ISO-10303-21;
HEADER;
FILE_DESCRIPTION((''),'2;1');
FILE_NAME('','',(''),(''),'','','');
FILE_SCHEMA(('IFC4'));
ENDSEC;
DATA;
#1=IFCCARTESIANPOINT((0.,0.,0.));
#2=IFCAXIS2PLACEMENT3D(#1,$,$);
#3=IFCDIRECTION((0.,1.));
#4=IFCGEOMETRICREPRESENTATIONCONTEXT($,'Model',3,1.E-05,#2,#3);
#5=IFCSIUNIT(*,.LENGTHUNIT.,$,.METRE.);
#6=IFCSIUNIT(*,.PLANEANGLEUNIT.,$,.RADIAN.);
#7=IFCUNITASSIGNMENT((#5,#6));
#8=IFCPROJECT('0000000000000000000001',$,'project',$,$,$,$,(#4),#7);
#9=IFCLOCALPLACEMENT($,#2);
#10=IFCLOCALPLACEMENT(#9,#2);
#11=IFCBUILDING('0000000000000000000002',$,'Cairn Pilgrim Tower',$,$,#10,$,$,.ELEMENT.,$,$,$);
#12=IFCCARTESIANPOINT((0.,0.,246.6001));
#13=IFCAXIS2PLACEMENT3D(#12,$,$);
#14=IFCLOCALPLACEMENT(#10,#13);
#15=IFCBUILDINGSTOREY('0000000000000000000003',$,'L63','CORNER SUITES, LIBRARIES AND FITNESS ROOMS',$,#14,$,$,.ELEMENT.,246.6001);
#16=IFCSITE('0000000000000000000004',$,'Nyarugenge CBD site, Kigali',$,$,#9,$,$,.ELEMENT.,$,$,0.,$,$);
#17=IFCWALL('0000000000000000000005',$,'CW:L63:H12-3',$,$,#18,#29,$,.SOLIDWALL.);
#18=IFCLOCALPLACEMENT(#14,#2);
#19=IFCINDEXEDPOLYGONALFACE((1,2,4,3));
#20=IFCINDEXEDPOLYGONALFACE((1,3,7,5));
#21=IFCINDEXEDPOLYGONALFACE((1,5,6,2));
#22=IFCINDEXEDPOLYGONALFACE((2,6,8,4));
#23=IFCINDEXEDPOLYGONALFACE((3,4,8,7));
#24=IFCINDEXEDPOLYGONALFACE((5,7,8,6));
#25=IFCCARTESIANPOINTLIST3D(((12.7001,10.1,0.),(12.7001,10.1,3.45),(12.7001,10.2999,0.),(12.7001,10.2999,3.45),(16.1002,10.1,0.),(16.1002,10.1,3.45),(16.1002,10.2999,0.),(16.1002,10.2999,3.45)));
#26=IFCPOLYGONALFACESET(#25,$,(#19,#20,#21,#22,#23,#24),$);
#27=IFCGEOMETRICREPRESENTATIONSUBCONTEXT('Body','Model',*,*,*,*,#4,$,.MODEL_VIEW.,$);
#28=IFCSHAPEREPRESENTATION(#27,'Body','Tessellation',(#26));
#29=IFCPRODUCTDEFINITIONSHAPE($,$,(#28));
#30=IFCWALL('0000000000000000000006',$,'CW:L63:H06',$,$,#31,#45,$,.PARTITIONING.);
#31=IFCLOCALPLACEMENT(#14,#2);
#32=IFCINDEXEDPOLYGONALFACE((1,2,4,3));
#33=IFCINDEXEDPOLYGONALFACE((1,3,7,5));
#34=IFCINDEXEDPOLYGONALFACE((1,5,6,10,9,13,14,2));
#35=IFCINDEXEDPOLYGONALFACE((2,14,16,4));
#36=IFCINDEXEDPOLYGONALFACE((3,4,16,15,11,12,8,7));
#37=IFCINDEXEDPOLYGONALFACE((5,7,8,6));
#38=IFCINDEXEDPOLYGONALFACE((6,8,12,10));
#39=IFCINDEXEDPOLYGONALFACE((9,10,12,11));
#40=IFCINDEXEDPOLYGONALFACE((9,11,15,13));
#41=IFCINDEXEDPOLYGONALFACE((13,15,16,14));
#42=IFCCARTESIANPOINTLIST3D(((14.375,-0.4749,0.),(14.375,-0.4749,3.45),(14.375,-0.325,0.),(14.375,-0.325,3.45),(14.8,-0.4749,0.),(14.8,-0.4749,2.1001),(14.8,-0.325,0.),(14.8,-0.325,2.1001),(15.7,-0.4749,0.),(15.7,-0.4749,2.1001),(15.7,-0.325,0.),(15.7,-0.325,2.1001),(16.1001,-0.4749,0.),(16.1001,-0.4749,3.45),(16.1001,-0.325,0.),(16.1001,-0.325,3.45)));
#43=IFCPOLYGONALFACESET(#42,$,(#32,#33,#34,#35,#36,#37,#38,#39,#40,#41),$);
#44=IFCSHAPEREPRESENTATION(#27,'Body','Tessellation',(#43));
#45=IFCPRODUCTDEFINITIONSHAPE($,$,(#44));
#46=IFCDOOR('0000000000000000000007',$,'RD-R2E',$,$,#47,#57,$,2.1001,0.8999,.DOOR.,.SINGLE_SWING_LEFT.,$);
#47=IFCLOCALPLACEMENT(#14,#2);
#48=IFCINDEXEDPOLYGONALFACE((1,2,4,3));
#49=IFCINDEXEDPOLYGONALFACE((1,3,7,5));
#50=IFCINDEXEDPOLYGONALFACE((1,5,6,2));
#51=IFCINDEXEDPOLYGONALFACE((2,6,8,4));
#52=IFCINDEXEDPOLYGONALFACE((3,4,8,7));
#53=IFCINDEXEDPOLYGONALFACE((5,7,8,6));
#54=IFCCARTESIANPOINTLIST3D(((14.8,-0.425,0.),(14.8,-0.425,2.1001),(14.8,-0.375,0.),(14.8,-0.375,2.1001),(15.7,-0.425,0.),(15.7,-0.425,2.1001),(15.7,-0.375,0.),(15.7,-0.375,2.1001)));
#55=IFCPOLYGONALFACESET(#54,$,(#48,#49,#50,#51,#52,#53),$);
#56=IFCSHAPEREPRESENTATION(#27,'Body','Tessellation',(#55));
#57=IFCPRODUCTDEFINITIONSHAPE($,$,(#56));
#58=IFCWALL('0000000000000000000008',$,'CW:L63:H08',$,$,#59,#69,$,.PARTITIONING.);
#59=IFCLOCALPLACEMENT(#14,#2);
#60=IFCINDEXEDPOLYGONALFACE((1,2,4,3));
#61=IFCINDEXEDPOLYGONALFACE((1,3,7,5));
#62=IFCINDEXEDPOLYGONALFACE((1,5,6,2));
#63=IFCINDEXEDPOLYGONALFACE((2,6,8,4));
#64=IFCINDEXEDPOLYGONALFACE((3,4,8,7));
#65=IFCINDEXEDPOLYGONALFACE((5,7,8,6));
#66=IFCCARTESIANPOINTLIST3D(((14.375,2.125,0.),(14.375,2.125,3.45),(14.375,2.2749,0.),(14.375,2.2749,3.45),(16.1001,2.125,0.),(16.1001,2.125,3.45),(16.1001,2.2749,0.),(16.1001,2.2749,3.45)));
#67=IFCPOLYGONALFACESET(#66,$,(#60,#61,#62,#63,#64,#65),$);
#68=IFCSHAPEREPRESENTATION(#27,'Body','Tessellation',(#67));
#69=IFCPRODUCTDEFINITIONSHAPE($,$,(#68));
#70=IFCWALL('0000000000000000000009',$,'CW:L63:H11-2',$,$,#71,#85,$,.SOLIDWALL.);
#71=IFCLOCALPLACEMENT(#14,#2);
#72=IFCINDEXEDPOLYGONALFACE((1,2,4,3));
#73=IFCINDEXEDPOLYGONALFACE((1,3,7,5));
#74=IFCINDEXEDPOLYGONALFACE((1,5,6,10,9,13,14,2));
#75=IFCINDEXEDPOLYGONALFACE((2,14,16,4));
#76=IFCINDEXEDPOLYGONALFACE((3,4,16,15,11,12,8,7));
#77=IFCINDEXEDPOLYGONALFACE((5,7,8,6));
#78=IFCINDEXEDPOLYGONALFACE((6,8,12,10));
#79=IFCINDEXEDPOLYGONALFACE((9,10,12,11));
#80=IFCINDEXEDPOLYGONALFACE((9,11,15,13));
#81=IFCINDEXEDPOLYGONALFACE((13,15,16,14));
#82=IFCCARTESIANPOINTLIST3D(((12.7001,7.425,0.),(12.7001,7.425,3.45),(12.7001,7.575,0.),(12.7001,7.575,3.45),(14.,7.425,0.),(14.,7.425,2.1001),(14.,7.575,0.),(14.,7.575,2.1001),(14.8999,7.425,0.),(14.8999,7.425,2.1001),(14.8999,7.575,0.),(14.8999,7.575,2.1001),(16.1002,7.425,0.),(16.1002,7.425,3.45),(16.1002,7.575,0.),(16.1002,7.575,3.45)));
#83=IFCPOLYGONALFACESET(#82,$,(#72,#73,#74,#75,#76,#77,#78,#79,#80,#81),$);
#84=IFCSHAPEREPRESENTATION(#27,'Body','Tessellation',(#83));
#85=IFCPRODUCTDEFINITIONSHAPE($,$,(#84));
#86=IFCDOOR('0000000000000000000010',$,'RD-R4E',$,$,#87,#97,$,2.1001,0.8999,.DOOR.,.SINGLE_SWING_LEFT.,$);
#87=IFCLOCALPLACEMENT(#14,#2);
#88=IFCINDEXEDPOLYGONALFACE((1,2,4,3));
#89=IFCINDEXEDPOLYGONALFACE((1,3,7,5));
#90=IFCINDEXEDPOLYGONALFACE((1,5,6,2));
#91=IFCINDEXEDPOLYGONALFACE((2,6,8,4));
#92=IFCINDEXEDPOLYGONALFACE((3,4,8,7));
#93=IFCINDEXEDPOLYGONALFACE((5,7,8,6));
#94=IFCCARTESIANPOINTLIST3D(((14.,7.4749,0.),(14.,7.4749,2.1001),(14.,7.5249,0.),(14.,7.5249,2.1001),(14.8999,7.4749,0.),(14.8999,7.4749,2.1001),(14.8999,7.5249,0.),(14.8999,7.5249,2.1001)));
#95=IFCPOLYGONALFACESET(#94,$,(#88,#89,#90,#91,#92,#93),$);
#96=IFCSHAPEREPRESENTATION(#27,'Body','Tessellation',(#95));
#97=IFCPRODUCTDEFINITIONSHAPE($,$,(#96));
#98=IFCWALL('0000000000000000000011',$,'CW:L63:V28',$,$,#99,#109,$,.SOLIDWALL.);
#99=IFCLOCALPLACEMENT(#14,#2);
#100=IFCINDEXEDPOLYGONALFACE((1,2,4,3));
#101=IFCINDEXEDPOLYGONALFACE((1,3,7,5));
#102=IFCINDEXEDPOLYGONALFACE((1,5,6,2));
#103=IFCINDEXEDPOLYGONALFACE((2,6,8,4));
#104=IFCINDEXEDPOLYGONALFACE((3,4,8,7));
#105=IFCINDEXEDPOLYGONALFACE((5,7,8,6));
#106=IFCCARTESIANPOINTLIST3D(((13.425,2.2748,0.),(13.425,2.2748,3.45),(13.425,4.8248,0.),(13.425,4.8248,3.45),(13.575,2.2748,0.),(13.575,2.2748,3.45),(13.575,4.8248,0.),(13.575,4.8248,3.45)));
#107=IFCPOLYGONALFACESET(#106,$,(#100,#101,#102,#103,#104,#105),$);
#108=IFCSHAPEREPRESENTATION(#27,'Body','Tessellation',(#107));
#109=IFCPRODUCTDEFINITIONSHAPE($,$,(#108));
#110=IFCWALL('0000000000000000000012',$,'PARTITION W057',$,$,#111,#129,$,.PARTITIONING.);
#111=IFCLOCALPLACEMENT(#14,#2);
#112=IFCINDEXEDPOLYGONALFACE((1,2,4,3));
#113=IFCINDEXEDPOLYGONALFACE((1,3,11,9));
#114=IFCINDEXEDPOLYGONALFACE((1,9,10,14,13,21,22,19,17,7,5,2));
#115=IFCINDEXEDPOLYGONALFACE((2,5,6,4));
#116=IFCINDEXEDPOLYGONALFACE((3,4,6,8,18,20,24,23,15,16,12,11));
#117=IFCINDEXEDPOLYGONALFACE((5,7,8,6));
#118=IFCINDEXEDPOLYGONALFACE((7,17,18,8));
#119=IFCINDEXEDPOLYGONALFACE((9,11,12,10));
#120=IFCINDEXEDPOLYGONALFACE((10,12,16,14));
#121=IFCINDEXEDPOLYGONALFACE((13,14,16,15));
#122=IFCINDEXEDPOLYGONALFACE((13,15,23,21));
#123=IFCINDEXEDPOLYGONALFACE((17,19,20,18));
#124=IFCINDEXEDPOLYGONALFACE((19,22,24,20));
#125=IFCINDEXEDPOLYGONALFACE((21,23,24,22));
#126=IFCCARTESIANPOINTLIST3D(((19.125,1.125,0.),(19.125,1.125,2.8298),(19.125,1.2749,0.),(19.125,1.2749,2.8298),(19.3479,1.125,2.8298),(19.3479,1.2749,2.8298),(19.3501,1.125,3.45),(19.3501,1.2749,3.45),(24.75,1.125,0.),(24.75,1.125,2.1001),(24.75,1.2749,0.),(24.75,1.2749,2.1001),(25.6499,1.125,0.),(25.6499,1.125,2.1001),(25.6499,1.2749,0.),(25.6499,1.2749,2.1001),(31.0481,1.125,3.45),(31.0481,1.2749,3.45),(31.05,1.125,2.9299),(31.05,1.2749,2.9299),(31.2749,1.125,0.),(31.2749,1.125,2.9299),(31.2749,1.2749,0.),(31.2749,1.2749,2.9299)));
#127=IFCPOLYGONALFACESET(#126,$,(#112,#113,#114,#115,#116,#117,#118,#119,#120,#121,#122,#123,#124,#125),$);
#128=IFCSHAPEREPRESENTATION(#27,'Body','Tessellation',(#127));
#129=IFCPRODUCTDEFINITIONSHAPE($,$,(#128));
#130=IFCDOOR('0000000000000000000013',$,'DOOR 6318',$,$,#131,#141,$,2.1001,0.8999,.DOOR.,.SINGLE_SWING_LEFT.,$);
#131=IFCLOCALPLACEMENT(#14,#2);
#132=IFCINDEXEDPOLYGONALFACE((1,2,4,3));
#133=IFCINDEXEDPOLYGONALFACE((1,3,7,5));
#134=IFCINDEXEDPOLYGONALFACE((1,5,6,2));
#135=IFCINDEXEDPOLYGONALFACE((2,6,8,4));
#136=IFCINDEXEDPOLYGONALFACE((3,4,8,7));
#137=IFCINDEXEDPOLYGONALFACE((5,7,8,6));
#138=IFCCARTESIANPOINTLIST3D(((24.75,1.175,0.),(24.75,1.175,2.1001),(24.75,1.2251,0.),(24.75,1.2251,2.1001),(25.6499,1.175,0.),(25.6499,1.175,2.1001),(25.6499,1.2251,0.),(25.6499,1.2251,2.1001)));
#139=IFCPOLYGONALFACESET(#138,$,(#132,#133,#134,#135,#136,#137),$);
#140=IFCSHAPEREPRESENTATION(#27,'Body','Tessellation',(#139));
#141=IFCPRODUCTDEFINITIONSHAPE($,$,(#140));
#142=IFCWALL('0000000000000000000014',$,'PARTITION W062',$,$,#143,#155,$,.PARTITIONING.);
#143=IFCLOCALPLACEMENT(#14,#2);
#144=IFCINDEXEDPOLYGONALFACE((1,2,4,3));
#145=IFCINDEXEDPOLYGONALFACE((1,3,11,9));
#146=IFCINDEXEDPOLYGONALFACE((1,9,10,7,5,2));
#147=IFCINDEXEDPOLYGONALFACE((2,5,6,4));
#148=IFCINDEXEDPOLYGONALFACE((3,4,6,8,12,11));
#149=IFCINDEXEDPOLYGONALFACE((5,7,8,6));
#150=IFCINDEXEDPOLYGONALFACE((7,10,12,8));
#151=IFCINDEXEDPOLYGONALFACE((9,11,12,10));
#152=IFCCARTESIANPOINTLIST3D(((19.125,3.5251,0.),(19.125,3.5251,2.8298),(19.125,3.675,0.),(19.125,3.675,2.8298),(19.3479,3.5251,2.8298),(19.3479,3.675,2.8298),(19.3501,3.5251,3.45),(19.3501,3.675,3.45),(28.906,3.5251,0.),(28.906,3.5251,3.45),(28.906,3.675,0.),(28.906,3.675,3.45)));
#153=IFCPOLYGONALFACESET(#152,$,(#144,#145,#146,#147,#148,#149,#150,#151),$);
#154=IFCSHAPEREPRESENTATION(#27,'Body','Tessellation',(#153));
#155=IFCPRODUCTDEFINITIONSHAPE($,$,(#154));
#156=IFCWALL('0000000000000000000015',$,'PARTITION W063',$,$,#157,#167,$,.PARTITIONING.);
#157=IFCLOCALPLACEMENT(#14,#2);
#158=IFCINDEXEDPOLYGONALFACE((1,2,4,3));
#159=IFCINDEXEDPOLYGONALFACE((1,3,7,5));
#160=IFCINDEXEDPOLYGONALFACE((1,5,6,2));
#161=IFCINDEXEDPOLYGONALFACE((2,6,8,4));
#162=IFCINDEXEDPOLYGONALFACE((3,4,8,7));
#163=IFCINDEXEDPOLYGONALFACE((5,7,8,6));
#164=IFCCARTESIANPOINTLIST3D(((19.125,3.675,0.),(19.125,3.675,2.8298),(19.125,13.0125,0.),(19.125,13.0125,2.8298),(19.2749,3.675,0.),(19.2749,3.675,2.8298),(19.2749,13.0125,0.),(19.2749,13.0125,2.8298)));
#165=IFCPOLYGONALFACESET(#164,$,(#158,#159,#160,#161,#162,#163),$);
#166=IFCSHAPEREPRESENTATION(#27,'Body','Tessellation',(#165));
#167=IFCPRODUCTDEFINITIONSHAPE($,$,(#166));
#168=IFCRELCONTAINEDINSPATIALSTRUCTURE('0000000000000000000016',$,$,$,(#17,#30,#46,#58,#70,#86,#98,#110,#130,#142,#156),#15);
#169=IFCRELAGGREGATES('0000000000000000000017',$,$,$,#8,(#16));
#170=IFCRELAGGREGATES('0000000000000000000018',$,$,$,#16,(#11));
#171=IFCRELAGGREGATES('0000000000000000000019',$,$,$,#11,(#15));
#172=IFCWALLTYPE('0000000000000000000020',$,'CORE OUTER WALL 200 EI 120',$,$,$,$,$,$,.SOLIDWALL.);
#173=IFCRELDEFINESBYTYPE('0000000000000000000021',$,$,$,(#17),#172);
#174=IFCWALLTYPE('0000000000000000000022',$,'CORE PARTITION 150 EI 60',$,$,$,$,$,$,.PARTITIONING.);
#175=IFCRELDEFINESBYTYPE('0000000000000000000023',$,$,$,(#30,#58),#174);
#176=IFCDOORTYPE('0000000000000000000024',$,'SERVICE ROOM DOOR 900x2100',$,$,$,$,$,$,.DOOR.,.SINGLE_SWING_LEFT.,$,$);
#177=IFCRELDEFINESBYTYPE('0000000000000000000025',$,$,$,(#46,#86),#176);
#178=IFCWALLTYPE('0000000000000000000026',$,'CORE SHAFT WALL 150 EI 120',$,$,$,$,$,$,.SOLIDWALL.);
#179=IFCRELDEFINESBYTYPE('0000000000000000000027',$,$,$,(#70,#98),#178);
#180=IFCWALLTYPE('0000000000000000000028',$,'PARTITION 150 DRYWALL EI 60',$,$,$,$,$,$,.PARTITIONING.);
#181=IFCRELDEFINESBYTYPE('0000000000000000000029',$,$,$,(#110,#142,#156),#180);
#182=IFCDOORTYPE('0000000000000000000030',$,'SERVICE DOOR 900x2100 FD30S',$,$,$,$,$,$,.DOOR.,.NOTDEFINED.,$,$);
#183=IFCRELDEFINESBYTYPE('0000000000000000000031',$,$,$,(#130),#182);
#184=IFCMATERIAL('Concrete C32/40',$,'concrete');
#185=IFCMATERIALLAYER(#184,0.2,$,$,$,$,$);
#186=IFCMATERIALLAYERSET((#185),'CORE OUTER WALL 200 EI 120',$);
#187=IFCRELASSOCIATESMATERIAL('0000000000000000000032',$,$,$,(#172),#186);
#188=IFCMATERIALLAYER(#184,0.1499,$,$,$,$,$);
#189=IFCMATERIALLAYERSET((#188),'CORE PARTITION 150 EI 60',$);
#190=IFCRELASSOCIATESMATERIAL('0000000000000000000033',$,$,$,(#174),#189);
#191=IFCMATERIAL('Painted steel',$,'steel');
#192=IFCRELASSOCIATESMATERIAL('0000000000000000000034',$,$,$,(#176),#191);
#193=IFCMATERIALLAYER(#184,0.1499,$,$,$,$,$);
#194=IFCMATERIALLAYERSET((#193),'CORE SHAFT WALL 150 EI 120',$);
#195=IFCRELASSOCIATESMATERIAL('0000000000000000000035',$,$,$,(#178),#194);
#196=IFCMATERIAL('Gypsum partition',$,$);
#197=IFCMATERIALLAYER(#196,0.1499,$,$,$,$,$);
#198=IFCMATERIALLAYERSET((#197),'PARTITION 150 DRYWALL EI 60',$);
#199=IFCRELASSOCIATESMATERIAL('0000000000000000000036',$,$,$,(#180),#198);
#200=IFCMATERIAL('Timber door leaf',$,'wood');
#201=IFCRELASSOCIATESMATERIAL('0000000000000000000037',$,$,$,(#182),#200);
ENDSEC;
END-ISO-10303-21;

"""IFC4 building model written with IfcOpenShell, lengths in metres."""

from ifc_helpers import new_model, si_unit, direction, frame, frame_2d, origin, place, context, subcontext, project, spatial, polyline, rectangle, outline, extrude, material, layer, layer_set, type_object, element, fill, save


model = new_model("IFC4")

# Units and contexts
model_context = context("Model", 3, precision=1e-05, world=origin(), true_north=direction((0.0, 1.0)))
body_context = subcontext(model_context, "Body", "Model", "MODEL_VIEW")
ifc_project = project(units=[si_unit("LENGTHUNIT", "METRE"), si_unit("PLANEANGLEUNIT", "RADIAN")], contexts=[model_context])

# Site, building, storey
site_placement = place(None, origin())
site = spatial("IfcSite", under=ifc_project, at=site_placement, Name="Nyarugenge CBD site, Kigali", CompositionType="ELEMENT", RefElevation=0.0)
building_placement = place(site_placement, origin())
building = spatial("IfcBuilding", under=site, at=building_placement, Name="Cairn Pilgrim Tower", CompositionType="ELEMENT")
storey_placement = place(building_placement, frame((0.0, 0.0, 246.6001)))
storey = spatial("IfcBuildingStorey", under=building, at=storey_placement, Name="L63", Description="CORNER SUITES, LIBRARIES AND FITNESS ROOMS", CompositionType="ELEMENT", Elevation=246.6001)

# Wall
ifc_material_1 = material(Name="Concrete C32/40", Category="concrete")
ifc_layer_1 = layer(ifc_material_1, 0.2)
ifc_layer_set_1 = layer_set([ifc_layer_1], Name="CORE OUTER WALL 200 EI 120")
wall_type_1 = type_object("IfcWallType", Name="CORE OUTER WALL 200 EI 120", PredefinedType="SOLIDWALL", material=ifc_layer_set_1)
wall_1_placement = place(storey_placement, frame((12.7, 10.2, 0.0), z_axis=(0.0, 0.0, 1.0), x_axis=(1.0, 0.0, 0.0)))
element("IfcWall", 1, at=wall_1_placement, inside=storey, type_object=wall_type_1, Name="CW:L63:H12-3", PredefinedType="SOLIDWALL", context=body_context, shape_type="SweptSolid", body=[
    extrude(rectangle(XDim=3.4001, YDim=0.2, at=frame_2d((1.7002, 0.0))), origin(), (0.0, 0.0, 1.0), 3.45),
])

# Wall, opening, door
ifc_layer_2 = layer(ifc_material_1, 0.1499)
ifc_layer_set_2 = layer_set([ifc_layer_2], Name="CORE PARTITION 150 EI 60")
wall_type_2 = type_object("IfcWallType", Name="CORE PARTITION 150 EI 60", PredefinedType="PARTITIONING", material=ifc_layer_set_2)
wall_2_placement = place(storey_placement, frame((14.375, -0.3999, 0.0), z_axis=(0.0, 0.0, 1.0), x_axis=(1.0, 0.0, 0.0)))
wall_2 = element("IfcWall", 2, at=wall_2_placement, inside=storey, type_object=wall_type_2, Name="CW:L63:H06", PredefinedType="PARTITIONING", context=body_context, shape_type="SweptSolid", body=[
    extrude(rectangle(XDim=1.7251, YDim=0.1499, at=frame_2d((0.8625, 0.0))), origin(), (0.0, 0.0, 1.0), 3.45),
])
opening_1_placement = place(wall_2_placement, frame((0.425, 0.0, 0.0)))
opening_1 = element("IfcOpeningElement", 3, at=opening_1_placement, cuts=wall_2, PredefinedType="OPENING", context=body_context, shape_type="SweptSolid", body=[
    extrude(rectangle(XDim=0.8999, YDim=2.1001, at=frame_2d((0.45, 1.05))), frame((0.0, 0.085, 0.0), z_axis=(0.0, -1.0, 0.0), x_axis=(1.0, 0.0, 0.0)), (0.0, 0.0, 1.0), 0.1699),
])
ifc_material_2 = material(Name="Painted steel", Category="steel")
door_type_1 = type_object("IfcDoorType", Name="SERVICE ROOM DOOR 900x2100", OperationType="SINGLE_SWING_LEFT", PredefinedType="DOOR", material=ifc_material_2)
door_1_placement = place(opening_1_placement, origin())
door_1 = element("IfcDoor", 4, at=door_1_placement, inside=storey, type_object=door_type_1, Name="RD-R2E", OperationType="SINGLE_SWING_LEFT", OverallHeight=2.1001, OverallWidth=0.8999, PredefinedType="DOOR", context=body_context, shape_type="SweptSolid", body=[
    extrude(rectangle(XDim=0.8999, YDim=2.1001, at=frame_2d((0.45, 1.05))), frame((0.0, 0.0249, 0.0), z_axis=(0.0, -1.0, 0.0), x_axis=(1.0, 0.0, 0.0)), (0.0, 0.0, 1.0), 0.05),
])
fill(opening_1, door_1)

# Wall
wall_3_placement = place(storey_placement, frame((14.375, 2.2, 0.0), z_axis=(0.0, 0.0, 1.0), x_axis=(1.0, 0.0, 0.0)))
element("IfcWall", 5, at=wall_3_placement, inside=storey, type_object=wall_type_2, Name="CW:L63:H08", PredefinedType="PARTITIONING", context=body_context, shape_type="SweptSolid", body=[
    extrude(rectangle(XDim=1.7251, YDim=0.1499, at=frame_2d((0.8625, 0.0))), origin(), (0.0, 0.0, 1.0), 3.45),
])

# Wall, opening, door
ifc_layer_3 = layer(ifc_material_1, 0.1499)
ifc_layer_set_3 = layer_set([ifc_layer_3], Name="CORE SHAFT WALL 150 EI 120")
wall_type_3 = type_object("IfcWallType", Name="CORE SHAFT WALL 150 EI 120", PredefinedType="SOLIDWALL", material=ifc_layer_set_3)
wall_4_placement = place(storey_placement, frame((12.7, 7.5, 0.0), z_axis=(0.0, 0.0, 1.0), x_axis=(1.0, 0.0, 0.0)))
wall_4 = element("IfcWall", 6, at=wall_4_placement, inside=storey, type_object=wall_type_3, Name="CW:L63:H11-2", PredefinedType="SOLIDWALL", context=body_context, shape_type="SweptSolid", body=[
    extrude(rectangle(XDim=3.4001, YDim=0.1499, at=frame_2d((1.7002, 0.0))), origin(), (0.0, 0.0, 1.0), 3.45),
])
opening_2_placement = place(wall_4_placement, frame((1.3, 0.0, 0.0)))
opening_2 = element("IfcOpeningElement", 7, at=opening_2_placement, cuts=wall_4, PredefinedType="OPENING", context=body_context, shape_type="SweptSolid", body=[
    extrude(rectangle(XDim=0.8999, YDim=2.1001, at=frame_2d((0.45, 1.05))), frame((0.0, 0.085, 0.0), z_axis=(0.0, -1.0, 0.0), x_axis=(1.0, 0.0, 0.0)), (0.0, 0.0, 1.0), 0.1699),
])
door_2_placement = place(opening_2_placement, origin())
door_2 = element("IfcDoor", 8, at=door_2_placement, inside=storey, type_object=door_type_1, Name="RD-R4E", OperationType="SINGLE_SWING_LEFT", OverallHeight=2.1001, OverallWidth=0.8999, PredefinedType="DOOR", context=body_context, shape_type="SweptSolid", body=[
    extrude(rectangle(XDim=0.8999, YDim=2.1001, at=frame_2d((0.45, 1.05))), frame((0.0, 0.0249, 0.0), z_axis=(0.0, -1.0, 0.0), x_axis=(1.0, 0.0, 0.0)), (0.0, 0.0, 1.0), 0.05),
])
fill(opening_2, door_2)

# Wall
wall_5_placement = place(storey_placement, frame((13.5, 2.2749, 0.0), z_axis=(0.0, 0.0, 1.0), x_axis=(0.0, 1.0, 0.0)))
element("IfcWall", 9, at=wall_5_placement, inside=storey, type_object=wall_type_3, Name="CW:L63:V28", PredefinedType="SOLIDWALL", context=body_context, shape_type="SweptSolid", body=[
    extrude(rectangle(XDim=2.55, YDim=0.1499, at=frame_2d((1.2749, 0.0))), origin(), (0.0, 0.0, 1.0), 3.45),
])

# Wall, opening, door
ifc_material_3 = material(Name="Gypsum partition")
ifc_layer_4 = layer(ifc_material_3, 0.1499)
ifc_layer_set_4 = layer_set([ifc_layer_4], Name="PARTITION 150 DRYWALL EI 60")
wall_type_4 = type_object("IfcWallType", Name="PARTITION 150 DRYWALL EI 60", PredefinedType="PARTITIONING", material=ifc_layer_set_4)
wall_6_placement = place(storey_placement, frame((19.125, 1.2, 0.0), z_axis=(0.0, 0.0, 1.0), x_axis=(1.0, 0.0, 0.0)))
wall_6 = element("IfcWall", 10, at=wall_6_placement, inside=storey, type_object=wall_type_4, Name="PARTITION W057", PredefinedType="PARTITIONING", context=body_context, shape_type="SweptSolid", body=[
    extrude(outline(polyline([(0.0, 0.0), (12.1499, 0.0), (12.1499, 2.9299), (11.925, 2.9299), (11.9231, 3.45), (0.2251, 3.45), (0.2229, 2.8298), (0.0, 2.8298), (0.0, 0.0)])), frame((0.0, 0.075, 0.0), z_axis=(0.0, -1.0, 0.0), x_axis=(1.0, 0.0, 0.0)), (0.0, 0.0, 1.0), 0.1499),
])
opening_3_placement = place(wall_6_placement, frame((5.625, 0.0, 0.0)))
opening_3 = element("IfcOpeningElement", 11, at=opening_3_placement, cuts=wall_6, PredefinedType="OPENING", context=body_context, shape_type="SweptSolid", body=[
    extrude(rectangle(XDim=0.8999, YDim=2.1001, at=frame_2d((0.45, 1.05))), frame((0.0, 0.085, 0.0), z_axis=(0.0, -1.0, 0.0), x_axis=(1.0, 0.0, 0.0)), (0.0, 0.0, 1.0), 0.1699),
])
ifc_material_4 = material(Name="Timber door leaf", Category="wood")
door_type_2 = type_object("IfcDoorType", Name="SERVICE DOOR 900x2100 FD30S", OperationType="NOTDEFINED", PredefinedType="DOOR", material=ifc_material_4)
door_3_placement = place(opening_3_placement, frame((0.8999, 0.0, 0.0), z_axis=(0.0, 0.0, 1.0), x_axis=(-1.0, 0.0, 0.0)))
door_3 = element("IfcDoor", 12, at=door_3_placement, inside=storey, type_object=door_type_2, Name="DOOR 6318", OperationType="SINGLE_SWING_LEFT", OverallHeight=2.1001, OverallWidth=0.8999, PredefinedType="DOOR", context=body_context, shape_type="SweptSolid", body=[
    extrude(rectangle(XDim=0.8999, YDim=2.1001, at=frame_2d((0.45, 1.05))), frame((0.0, 0.0249, 0.0), z_axis=(0.0, -1.0, 0.0), x_axis=(1.0, 0.0, 0.0)), (0.0, 0.0, 1.0), 0.05),
])
fill(opening_3, door_3)

# Walls
wall_7_placement = place(storey_placement, frame((19.125, 3.6001, 0.0), z_axis=(0.0, 0.0, 1.0), x_axis=(1.0, 0.0, 0.0)))
element("IfcWall", 13, at=wall_7_placement, inside=storey, type_object=wall_type_4, Name="PARTITION W062", PredefinedType="PARTITIONING", context=body_context, shape_type="SweptSolid", body=[
    extrude(outline(polyline([(0.0, 0.0), (9.781, 0.0), (9.781, 3.45), (0.2251, 3.45), (0.2229, 2.8298), (0.0, 2.8298), (0.0, 0.0)])), frame((0.0, 0.075, 0.0), z_axis=(0.0, -1.0, 0.0), x_axis=(1.0, 0.0, 0.0)), (0.0, 0.0, 1.0), 0.1499),
])
wall_8_placement = place(storey_placement, frame((19.2, 3.675, 0.0), z_axis=(0.0, 0.0, 1.0), x_axis=(0.0, 1.0, 0.0)))
element("IfcWall", 14, at=wall_8_placement, inside=storey, type_object=wall_type_4, Name="PARTITION W063", PredefinedType="PARTITIONING", context=body_context, shape_type="SweptSolid", body=[
    extrude(rectangle(XDim=9.3374, YDim=0.1499, at=frame_2d((4.6687, 0.0))), origin(), (0.0, 0.0, 1.0), 2.8298),
])

save(model, "model.ifc")
